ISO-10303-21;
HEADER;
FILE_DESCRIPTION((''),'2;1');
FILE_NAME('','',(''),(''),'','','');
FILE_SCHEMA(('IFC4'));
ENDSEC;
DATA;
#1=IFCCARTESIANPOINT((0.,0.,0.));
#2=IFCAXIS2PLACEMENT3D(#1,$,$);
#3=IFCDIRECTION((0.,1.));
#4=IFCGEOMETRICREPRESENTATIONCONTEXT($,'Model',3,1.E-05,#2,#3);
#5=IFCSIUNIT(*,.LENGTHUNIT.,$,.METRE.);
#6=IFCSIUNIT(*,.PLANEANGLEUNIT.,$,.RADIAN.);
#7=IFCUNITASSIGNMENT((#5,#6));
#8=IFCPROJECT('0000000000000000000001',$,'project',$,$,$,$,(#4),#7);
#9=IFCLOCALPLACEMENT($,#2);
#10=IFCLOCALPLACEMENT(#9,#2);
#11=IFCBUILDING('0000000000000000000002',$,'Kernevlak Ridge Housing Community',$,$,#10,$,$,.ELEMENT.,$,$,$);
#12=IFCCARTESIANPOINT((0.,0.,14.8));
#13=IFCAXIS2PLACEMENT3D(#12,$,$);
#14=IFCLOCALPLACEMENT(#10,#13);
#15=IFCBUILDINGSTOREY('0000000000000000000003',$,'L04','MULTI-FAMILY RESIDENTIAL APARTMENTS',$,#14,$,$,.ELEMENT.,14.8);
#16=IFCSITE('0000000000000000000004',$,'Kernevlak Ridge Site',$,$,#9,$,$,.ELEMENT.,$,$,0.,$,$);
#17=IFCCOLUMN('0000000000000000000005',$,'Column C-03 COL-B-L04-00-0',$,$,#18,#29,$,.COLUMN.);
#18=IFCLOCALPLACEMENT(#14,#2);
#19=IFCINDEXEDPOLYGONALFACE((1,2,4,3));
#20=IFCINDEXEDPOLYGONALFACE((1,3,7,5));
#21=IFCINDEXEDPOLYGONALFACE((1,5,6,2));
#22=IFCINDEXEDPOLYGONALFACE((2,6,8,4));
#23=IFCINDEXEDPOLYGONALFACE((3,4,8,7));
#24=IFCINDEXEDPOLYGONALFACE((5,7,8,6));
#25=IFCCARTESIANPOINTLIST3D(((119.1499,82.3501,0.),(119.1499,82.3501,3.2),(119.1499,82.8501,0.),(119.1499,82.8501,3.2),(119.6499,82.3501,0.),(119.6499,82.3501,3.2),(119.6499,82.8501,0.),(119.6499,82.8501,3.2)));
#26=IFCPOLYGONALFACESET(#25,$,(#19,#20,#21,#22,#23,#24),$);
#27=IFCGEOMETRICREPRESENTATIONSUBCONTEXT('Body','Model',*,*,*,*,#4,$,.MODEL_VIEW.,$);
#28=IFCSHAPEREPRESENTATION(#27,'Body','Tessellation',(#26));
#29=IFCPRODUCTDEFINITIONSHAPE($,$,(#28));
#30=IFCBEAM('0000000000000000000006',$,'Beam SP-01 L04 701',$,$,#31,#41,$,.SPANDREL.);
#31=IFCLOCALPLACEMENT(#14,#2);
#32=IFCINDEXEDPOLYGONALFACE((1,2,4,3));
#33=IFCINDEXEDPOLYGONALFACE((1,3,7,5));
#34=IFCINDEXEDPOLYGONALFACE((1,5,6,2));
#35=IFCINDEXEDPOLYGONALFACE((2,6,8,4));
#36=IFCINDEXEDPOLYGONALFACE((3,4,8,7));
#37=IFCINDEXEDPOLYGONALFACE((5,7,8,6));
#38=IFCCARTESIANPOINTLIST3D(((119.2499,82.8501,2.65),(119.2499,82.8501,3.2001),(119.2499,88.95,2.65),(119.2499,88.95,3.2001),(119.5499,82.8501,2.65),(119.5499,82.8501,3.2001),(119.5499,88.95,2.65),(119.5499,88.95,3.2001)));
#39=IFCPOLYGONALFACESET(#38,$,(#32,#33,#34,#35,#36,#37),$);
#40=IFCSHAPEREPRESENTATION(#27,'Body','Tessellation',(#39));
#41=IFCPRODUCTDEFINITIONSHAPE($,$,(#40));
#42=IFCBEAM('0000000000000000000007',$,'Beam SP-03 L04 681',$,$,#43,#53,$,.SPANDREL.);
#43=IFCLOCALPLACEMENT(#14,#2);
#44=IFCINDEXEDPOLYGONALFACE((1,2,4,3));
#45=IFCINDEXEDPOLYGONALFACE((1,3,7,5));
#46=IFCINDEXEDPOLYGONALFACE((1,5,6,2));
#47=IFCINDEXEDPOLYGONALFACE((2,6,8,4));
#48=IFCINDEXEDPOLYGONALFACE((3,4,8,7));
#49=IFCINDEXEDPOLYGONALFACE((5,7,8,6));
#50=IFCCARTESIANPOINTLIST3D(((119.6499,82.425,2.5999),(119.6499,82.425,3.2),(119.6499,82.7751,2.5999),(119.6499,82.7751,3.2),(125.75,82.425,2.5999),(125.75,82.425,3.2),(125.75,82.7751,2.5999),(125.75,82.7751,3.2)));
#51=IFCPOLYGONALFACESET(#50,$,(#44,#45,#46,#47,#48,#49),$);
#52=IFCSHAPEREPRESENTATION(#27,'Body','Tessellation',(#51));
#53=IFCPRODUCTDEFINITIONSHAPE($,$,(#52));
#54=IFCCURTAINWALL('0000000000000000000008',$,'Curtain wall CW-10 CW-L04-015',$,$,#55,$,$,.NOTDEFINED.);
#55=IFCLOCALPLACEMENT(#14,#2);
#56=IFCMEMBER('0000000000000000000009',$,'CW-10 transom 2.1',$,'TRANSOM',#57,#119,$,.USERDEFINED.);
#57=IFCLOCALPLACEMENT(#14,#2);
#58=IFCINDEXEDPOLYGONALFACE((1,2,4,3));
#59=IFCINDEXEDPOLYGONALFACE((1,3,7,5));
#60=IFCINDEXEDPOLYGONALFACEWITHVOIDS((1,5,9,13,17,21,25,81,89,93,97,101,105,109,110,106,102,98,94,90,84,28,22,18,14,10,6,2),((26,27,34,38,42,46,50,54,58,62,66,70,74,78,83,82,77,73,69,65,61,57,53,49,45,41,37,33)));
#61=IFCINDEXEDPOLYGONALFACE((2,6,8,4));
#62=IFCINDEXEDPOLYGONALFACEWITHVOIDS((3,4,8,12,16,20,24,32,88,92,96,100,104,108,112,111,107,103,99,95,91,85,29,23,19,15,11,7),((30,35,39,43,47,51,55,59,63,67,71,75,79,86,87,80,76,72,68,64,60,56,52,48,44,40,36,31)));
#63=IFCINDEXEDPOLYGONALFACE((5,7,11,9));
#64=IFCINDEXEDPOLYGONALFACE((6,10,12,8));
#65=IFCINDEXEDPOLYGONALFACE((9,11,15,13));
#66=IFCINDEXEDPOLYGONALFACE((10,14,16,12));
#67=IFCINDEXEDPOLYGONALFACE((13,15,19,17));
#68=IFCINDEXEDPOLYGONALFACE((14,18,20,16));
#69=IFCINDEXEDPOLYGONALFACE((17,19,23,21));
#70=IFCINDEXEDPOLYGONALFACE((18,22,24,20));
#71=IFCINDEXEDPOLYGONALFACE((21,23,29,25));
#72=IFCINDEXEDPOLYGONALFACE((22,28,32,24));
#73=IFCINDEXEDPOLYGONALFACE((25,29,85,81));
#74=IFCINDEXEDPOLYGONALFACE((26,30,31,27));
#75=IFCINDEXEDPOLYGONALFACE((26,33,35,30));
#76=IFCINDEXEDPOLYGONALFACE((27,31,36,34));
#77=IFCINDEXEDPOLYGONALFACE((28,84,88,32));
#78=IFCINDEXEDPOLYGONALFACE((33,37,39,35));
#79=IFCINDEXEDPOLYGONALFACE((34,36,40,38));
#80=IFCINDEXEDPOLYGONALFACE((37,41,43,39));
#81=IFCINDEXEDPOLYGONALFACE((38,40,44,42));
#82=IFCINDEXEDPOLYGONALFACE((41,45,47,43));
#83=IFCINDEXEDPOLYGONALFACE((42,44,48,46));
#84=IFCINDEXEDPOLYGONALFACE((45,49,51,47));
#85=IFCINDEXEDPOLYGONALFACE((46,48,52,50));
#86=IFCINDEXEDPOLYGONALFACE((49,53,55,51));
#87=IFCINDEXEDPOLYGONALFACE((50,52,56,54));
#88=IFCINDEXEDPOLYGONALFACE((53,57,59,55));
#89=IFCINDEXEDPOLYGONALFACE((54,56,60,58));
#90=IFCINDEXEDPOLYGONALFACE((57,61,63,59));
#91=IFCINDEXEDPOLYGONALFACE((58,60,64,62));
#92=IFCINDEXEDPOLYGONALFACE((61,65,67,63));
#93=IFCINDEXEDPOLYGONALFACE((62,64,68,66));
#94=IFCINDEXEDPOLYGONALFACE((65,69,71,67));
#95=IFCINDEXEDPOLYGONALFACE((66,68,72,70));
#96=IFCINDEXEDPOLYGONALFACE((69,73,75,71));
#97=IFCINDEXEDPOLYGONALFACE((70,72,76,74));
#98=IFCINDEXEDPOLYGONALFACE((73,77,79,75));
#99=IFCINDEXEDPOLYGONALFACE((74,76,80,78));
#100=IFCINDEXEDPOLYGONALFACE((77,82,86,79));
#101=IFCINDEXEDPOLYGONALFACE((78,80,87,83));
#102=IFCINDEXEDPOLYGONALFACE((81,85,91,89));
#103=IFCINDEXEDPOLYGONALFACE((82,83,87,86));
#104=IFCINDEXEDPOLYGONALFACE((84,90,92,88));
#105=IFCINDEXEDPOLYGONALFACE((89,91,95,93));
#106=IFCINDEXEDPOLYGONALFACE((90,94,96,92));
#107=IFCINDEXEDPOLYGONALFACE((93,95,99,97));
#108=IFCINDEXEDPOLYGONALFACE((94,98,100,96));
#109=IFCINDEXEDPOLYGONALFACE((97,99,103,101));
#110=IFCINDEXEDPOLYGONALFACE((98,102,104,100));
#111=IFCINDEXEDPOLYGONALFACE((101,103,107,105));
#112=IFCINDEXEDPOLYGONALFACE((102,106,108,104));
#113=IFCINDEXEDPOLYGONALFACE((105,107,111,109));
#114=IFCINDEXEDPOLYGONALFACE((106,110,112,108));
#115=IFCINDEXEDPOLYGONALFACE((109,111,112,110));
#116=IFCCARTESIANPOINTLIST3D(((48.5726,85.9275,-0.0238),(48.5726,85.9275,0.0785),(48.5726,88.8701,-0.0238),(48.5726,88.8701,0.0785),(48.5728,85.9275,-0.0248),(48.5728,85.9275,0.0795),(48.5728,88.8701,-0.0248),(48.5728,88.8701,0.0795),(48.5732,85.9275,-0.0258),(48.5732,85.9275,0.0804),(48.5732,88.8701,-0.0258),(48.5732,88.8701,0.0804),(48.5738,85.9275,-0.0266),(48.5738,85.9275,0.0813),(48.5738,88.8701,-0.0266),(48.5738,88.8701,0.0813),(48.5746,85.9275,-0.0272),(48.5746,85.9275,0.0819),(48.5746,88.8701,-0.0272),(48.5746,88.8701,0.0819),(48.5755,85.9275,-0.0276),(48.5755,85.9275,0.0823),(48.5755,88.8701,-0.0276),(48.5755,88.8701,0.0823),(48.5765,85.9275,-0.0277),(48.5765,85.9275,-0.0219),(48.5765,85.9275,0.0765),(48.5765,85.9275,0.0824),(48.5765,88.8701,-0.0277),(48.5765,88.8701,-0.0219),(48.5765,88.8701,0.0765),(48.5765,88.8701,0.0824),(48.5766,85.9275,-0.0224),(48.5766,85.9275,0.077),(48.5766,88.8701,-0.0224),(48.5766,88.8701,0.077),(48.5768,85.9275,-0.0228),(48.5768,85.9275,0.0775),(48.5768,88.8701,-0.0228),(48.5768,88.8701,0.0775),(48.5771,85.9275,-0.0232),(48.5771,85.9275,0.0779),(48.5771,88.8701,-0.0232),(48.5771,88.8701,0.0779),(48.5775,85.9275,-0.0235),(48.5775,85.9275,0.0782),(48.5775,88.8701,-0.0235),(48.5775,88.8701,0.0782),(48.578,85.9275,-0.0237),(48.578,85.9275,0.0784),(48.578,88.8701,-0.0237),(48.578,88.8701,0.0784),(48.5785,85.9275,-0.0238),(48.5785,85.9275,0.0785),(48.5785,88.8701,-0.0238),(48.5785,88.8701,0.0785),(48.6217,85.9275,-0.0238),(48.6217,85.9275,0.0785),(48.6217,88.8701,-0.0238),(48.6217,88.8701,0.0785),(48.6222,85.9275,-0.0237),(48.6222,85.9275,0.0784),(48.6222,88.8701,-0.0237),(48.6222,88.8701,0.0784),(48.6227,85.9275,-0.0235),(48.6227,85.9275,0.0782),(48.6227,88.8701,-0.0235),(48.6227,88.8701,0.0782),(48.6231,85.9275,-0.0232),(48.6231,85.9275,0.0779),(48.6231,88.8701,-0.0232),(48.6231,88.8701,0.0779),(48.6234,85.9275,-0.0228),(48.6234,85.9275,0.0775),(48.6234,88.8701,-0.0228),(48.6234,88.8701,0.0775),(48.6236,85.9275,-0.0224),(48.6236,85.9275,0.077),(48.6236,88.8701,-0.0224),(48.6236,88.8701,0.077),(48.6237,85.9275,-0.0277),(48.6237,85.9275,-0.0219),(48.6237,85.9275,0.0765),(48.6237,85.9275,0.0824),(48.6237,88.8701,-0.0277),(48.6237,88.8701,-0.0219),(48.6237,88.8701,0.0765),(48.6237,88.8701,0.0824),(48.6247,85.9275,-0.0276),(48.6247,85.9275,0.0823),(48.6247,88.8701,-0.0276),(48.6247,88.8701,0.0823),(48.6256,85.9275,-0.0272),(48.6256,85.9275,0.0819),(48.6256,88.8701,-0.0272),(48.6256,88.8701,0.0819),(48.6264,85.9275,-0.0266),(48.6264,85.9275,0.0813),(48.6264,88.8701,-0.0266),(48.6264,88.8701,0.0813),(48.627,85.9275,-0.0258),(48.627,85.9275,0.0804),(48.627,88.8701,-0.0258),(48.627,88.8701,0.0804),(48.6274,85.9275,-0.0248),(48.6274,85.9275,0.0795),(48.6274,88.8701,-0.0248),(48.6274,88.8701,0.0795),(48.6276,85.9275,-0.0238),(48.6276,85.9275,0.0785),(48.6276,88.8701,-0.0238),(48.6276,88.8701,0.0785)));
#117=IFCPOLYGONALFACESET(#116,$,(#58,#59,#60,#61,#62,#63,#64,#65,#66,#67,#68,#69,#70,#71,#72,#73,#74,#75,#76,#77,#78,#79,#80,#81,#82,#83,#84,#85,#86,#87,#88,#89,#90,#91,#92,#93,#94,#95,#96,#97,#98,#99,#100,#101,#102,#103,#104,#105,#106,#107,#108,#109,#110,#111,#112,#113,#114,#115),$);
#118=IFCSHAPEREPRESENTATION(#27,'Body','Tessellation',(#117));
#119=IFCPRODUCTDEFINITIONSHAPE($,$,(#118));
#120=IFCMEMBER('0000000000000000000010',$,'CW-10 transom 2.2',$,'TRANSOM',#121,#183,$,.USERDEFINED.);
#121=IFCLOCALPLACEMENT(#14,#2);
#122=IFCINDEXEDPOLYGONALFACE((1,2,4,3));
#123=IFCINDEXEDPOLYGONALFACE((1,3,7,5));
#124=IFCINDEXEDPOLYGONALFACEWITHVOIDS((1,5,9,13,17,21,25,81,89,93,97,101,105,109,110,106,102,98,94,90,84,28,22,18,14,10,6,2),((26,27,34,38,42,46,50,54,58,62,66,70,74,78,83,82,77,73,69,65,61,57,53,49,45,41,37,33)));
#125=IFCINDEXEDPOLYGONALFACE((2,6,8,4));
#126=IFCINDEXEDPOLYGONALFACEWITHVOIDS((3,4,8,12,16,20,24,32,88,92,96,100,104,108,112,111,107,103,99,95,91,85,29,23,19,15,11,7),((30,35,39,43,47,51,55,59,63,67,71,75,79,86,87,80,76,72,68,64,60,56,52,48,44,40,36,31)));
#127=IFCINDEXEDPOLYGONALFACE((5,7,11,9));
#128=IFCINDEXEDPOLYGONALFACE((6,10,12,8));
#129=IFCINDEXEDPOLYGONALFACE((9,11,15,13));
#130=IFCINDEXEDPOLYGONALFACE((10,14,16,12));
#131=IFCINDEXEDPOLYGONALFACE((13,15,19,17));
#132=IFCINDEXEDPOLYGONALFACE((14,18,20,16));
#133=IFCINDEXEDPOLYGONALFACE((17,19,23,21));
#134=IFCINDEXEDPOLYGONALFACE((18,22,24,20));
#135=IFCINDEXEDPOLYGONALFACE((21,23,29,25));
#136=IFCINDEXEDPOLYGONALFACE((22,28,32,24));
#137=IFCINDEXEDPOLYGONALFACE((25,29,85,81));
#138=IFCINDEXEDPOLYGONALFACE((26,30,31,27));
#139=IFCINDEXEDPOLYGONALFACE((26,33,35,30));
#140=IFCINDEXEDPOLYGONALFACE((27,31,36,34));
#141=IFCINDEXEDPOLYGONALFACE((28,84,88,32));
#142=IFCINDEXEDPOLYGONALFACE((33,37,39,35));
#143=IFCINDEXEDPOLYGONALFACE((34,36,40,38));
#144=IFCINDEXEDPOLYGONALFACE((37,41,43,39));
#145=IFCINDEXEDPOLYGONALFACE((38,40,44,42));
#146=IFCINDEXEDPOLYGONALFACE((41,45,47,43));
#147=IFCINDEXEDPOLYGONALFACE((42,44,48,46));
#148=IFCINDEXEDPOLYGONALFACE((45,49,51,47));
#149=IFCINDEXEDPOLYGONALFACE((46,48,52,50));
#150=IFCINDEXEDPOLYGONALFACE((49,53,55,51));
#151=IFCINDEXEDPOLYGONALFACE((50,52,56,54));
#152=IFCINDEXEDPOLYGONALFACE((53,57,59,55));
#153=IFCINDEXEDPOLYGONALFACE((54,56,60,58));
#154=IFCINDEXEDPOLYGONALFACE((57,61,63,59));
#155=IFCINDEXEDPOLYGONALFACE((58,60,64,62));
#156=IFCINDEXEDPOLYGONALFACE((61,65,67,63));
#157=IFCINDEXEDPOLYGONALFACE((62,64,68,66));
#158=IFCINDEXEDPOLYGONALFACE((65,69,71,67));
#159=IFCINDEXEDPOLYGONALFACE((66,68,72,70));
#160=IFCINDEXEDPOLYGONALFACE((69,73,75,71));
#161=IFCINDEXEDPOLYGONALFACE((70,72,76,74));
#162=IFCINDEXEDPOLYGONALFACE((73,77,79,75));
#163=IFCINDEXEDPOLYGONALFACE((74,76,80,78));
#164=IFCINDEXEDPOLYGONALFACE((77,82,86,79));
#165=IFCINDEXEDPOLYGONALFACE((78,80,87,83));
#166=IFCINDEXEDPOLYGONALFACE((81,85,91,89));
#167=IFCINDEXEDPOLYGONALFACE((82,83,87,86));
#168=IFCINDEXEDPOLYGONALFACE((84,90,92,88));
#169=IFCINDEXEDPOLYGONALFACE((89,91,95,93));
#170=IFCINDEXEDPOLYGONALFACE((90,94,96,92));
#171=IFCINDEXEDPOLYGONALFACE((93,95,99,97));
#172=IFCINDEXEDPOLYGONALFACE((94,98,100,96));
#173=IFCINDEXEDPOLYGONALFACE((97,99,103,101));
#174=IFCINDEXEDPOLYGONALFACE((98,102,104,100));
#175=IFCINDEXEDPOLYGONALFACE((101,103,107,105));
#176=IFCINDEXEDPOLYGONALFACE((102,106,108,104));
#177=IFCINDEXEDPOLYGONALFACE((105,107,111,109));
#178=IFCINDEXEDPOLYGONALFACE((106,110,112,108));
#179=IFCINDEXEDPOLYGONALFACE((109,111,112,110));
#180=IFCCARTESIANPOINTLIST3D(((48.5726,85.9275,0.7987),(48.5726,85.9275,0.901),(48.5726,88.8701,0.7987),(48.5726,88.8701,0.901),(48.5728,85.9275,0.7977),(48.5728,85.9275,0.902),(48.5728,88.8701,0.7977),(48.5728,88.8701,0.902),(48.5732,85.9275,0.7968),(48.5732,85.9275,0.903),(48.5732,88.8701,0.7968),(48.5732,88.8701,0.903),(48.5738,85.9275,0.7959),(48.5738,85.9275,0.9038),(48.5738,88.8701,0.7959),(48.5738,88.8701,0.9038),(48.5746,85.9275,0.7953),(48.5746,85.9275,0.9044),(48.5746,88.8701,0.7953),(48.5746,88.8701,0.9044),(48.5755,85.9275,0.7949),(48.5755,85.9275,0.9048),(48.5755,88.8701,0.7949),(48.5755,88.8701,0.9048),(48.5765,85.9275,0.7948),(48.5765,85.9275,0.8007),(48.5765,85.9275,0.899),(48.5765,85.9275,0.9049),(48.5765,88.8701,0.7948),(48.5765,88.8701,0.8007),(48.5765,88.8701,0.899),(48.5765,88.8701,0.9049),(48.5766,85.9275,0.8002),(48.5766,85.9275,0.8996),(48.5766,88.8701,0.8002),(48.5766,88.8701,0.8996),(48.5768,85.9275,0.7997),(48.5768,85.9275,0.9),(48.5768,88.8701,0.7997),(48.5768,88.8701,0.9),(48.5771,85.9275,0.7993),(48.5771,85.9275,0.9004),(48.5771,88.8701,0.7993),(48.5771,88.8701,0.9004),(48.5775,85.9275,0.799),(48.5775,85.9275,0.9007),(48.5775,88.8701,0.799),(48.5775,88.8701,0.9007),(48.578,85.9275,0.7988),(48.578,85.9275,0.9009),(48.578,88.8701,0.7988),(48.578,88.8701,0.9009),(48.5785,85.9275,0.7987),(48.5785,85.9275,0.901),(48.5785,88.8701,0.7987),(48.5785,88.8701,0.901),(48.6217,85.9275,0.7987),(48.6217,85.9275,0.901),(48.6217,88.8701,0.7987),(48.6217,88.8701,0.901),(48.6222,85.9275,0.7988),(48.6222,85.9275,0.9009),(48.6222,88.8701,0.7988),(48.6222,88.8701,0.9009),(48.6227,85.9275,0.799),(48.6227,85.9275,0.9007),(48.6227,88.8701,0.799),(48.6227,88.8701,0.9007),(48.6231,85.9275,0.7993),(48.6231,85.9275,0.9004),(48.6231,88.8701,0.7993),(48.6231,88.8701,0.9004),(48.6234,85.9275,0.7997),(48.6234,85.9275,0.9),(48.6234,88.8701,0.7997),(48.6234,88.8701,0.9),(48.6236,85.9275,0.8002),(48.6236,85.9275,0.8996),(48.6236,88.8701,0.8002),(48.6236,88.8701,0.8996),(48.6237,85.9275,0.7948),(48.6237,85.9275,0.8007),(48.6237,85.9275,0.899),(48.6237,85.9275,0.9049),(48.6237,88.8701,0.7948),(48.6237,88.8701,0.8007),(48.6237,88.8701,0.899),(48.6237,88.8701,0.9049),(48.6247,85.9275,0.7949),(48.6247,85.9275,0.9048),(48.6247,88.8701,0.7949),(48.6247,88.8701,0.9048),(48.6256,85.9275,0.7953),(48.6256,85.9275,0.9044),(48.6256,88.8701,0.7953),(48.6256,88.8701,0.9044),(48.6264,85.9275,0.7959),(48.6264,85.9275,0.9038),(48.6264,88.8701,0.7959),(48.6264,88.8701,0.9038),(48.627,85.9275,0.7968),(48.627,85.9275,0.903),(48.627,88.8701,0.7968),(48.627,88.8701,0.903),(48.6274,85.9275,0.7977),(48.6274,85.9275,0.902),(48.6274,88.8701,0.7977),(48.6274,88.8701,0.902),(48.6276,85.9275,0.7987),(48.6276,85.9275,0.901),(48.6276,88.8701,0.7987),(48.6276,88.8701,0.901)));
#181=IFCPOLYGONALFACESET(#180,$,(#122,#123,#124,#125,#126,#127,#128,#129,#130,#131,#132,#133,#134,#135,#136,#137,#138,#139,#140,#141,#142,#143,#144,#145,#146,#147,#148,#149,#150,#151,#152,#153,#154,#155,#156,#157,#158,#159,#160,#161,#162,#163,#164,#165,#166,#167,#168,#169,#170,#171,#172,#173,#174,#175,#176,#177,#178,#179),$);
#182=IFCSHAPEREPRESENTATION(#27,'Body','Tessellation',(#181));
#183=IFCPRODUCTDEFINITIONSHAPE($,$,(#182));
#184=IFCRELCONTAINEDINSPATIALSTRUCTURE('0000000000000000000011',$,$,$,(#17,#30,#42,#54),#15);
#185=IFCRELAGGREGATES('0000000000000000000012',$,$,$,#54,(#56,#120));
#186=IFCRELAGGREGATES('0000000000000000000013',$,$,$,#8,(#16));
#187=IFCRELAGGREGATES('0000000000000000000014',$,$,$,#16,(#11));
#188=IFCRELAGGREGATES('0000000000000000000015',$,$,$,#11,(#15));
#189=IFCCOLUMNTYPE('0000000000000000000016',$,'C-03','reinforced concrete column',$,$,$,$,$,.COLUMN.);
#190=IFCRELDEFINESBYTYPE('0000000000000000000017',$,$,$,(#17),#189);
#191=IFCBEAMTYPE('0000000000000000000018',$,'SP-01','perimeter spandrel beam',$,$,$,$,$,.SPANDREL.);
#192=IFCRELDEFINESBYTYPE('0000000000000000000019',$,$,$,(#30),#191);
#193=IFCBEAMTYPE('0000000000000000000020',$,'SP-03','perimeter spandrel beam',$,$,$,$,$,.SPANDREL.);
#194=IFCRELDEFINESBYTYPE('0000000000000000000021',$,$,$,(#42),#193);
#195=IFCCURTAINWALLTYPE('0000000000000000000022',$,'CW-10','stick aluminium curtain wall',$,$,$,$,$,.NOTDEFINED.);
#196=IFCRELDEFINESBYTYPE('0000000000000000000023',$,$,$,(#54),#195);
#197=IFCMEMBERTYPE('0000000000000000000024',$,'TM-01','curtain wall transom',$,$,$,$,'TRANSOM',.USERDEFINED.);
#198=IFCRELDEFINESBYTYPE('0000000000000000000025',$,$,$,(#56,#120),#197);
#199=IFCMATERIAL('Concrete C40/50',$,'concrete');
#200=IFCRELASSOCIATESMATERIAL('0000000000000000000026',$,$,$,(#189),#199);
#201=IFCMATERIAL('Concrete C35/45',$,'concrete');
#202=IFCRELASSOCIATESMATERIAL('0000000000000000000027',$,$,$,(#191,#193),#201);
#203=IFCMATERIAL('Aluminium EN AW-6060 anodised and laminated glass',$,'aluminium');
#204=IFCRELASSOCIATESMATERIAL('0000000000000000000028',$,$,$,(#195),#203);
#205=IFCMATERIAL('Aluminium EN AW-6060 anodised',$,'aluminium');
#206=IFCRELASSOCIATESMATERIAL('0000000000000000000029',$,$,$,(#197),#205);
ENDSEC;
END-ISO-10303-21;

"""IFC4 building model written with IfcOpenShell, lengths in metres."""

from ifc_helpers import new_model, si_unit, direction, frame, origin, origin_2d, place, context, subcontext, project, spatial, rectangle, hollow_rectangle, extrude, material, material_profile, profile_set, type_object, element, aggregate, save


model = new_model("IFC4")

# Units and contexts
model_context = context("Model", 3, precision=1e-05, world=origin(), true_north=direction((0.0, 1.0)))
body_context = subcontext(model_context, "Body", "Model", "MODEL_VIEW")
ifc_project = project(units=[si_unit("LENGTHUNIT", "METRE"), si_unit("PLANEANGLEUNIT", "RADIAN")], contexts=[model_context])

# Site, building, storey
site_placement = place(None, origin())
site = spatial("IfcSite", under=ifc_project, at=site_placement, Name="Kernevlak Ridge Site", CompositionType="ELEMENT", RefElevation=0.0)
building_placement = place(site_placement, origin())
building = spatial("IfcBuilding", under=site, at=building_placement, Name="Kernevlak Ridge Housing Community", CompositionType="ELEMENT")
storey_placement = place(building_placement, frame((0.0, 0.0, 14.8)))
storey = spatial("IfcBuildingStorey", under=building, at=storey_placement, Name="L04", Description="MULTI-FAMILY RESIDENTIAL APARTMENTS", CompositionType="ELEMENT", Elevation=14.8)

# Column
ifc_material_1 = material(Name="Concrete C40/50", Category="concrete")
ifc_material_profile_1 = material_profile(ifc_material_1, rectangle(XDim=0.5, YDim=0.5, at=origin_2d()), Name="RC 500x500")
ifc_profile_set_1 = profile_set([ifc_material_profile_1], Name="Concrete C40/50")
column_type = type_object("IfcColumnType", Name="C-03", Description="reinforced concrete column", PredefinedType="COLUMN", material=ifc_profile_set_1)
column_placement = place(storey_placement, frame((119.3999, 82.6001, 0.0), z_axis=(0.0, 0.0, 1.0), x_axis=(1.0, 0.0, 0.0)))
element("IfcColumn", 1, at=column_placement, inside=storey, type_object=column_type, Name="Column C-03 COL-B-L04-00-0", PredefinedType="COLUMN", context=body_context, shape_type="SweptSolid", body=[
    extrude(rectangle(XDim=0.5, YDim=0.5, at=origin_2d()), origin(), (0.0, 0.0, 1.0), 3.2),
])

# Beams
ifc_material_2 = material(Name="Concrete C35/45", Category="concrete")
ifc_material_profile_2 = material_profile(ifc_material_2, rectangle(XDim=0.3, YDim=0.55, at=origin_2d()), Name="RC 300x550")
ifc_profile_set_2 = profile_set([ifc_material_profile_2], Name="Concrete C35/45")
beam_type_1 = type_object("IfcBeamType", Name="SP-01", Description="perimeter spandrel beam", PredefinedType="SPANDREL", material=ifc_profile_set_2)
beam_1_placement = place(storey_placement, frame((119.3999, 82.8501, 2.925), z_axis=(0.0, 1.0, 0.0), x_axis=(-1.0, 0.0, 0.0)))
element("IfcBeam", 2, at=beam_1_placement, inside=storey, type_object=beam_type_1, Name="Beam SP-01 L04 701", PredefinedType="SPANDREL", context=body_context, shape_type="SweptSolid", body=[
    extrude(rectangle(XDim=0.3, YDim=0.55, at=origin_2d()), origin(), (0.0, 0.0, 1.0), 6.0999),
])
ifc_material_profile_3 = material_profile(ifc_material_2, rectangle(XDim=0.3501, YDim=0.6001, at=origin_2d()), Name="RC 350x600")
ifc_profile_set_3 = profile_set([ifc_material_profile_3], Name="Concrete C35/45")
beam_type_2 = type_object("IfcBeamType", Name="SP-03", Description="perimeter spandrel beam", PredefinedType="SPANDREL", material=ifc_profile_set_3)
beam_2_placement = place(storey_placement, frame((119.6499, 82.6001, 2.8999), z_axis=(1.0, 0.0, 0.0), x_axis=(0.0, 1.0, 0.0)))
element("IfcBeam", 3, at=beam_2_placement, inside=storey, type_object=beam_type_2, Name="Beam SP-03 L04 681", PredefinedType="SPANDREL", context=body_context, shape_type="SweptSolid", body=[
    extrude(rectangle(XDim=0.3501, YDim=0.6001, at=origin_2d()), origin(), (0.0, 0.0, 1.0), 6.1001),
])

# Curtain wall, members
ifc_material_3 = material(Name="Aluminium EN AW-6060 anodised and laminated glass", Category="aluminium")
curtain_wall_type = type_object("IfcCurtainWallType", Name="CW-10", Description="stick aluminium curtain wall", PredefinedType="NOTDEFINED", material=ifc_material_3)
curtain_wall_placement = place(storey_placement, origin())
curtain_wall = element("IfcCurtainWall", 4, at=curtain_wall_placement, inside=storey, type_object=curtain_wall_type, Name="Curtain wall CW-10 CW-L04-015", PredefinedType="NOTDEFINED")
ifc_material_4 = material(Name="Aluminium EN AW-6060 anodised", Category="aluminium")
ifc_material_profile_4 = material_profile(ifc_material_4, hollow_rectangle(XDim=0.0549, YDim=0.1101, WallThickness=0.0039, InnerFilletRadius=0.002, OuterFilletRadius=0.0039, at=origin_2d()), Name="ALU 55x110x4")
ifc_profile_set_4 = profile_set([ifc_material_profile_4], Name="Aluminium EN AW-6060 anodised")
member_type = type_object("IfcMemberType", Name="TM-01", Description="curtain wall transom", ElementType="TRANSOM", PredefinedType="USERDEFINED", material=ifc_profile_set_4)
member_1_placement = place(storey_placement, frame((48.6001, 85.9275, 0.0273), z_axis=(0.0, 1.0, 0.0), x_axis=(-1.0, 0.0, 0.0)))
member_1 = element("IfcMember", 5, at=member_1_placement, type_object=member_type, Name="CW-10 transom 2.1", ObjectType="TRANSOM", PredefinedType="USERDEFINED", context=body_context, shape_type="SweptSolid", body=[
    extrude(hollow_rectangle(XDim=0.0549, YDim=0.1101, WallThickness=0.0039, InnerFilletRadius=0.002, OuterFilletRadius=0.0039, at=origin_2d()), origin(), (0.0, 0.0, 1.0), 2.9426),
])
member_2_placement = place(storey_placement, frame((48.6001, 85.9275, 0.8499), z_axis=(0.0, 1.0, 0.0), x_axis=(-1.0, 0.0, 0.0)))
member_2 = element("IfcMember", 6, at=member_2_placement, type_object=member_type, Name="CW-10 transom 2.2", ObjectType="TRANSOM", PredefinedType="USERDEFINED", context=body_context, shape_type="SweptSolid", body=[
    extrude(hollow_rectangle(XDim=0.0549, YDim=0.1101, WallThickness=0.0039, InnerFilletRadius=0.002, OuterFilletRadius=0.0039, at=origin_2d()), origin(), (0.0, 0.0, 1.0), 2.9426),
])
aggregate(curtain_wall, [member_1, member_2])

save(model, "model.ifc")
